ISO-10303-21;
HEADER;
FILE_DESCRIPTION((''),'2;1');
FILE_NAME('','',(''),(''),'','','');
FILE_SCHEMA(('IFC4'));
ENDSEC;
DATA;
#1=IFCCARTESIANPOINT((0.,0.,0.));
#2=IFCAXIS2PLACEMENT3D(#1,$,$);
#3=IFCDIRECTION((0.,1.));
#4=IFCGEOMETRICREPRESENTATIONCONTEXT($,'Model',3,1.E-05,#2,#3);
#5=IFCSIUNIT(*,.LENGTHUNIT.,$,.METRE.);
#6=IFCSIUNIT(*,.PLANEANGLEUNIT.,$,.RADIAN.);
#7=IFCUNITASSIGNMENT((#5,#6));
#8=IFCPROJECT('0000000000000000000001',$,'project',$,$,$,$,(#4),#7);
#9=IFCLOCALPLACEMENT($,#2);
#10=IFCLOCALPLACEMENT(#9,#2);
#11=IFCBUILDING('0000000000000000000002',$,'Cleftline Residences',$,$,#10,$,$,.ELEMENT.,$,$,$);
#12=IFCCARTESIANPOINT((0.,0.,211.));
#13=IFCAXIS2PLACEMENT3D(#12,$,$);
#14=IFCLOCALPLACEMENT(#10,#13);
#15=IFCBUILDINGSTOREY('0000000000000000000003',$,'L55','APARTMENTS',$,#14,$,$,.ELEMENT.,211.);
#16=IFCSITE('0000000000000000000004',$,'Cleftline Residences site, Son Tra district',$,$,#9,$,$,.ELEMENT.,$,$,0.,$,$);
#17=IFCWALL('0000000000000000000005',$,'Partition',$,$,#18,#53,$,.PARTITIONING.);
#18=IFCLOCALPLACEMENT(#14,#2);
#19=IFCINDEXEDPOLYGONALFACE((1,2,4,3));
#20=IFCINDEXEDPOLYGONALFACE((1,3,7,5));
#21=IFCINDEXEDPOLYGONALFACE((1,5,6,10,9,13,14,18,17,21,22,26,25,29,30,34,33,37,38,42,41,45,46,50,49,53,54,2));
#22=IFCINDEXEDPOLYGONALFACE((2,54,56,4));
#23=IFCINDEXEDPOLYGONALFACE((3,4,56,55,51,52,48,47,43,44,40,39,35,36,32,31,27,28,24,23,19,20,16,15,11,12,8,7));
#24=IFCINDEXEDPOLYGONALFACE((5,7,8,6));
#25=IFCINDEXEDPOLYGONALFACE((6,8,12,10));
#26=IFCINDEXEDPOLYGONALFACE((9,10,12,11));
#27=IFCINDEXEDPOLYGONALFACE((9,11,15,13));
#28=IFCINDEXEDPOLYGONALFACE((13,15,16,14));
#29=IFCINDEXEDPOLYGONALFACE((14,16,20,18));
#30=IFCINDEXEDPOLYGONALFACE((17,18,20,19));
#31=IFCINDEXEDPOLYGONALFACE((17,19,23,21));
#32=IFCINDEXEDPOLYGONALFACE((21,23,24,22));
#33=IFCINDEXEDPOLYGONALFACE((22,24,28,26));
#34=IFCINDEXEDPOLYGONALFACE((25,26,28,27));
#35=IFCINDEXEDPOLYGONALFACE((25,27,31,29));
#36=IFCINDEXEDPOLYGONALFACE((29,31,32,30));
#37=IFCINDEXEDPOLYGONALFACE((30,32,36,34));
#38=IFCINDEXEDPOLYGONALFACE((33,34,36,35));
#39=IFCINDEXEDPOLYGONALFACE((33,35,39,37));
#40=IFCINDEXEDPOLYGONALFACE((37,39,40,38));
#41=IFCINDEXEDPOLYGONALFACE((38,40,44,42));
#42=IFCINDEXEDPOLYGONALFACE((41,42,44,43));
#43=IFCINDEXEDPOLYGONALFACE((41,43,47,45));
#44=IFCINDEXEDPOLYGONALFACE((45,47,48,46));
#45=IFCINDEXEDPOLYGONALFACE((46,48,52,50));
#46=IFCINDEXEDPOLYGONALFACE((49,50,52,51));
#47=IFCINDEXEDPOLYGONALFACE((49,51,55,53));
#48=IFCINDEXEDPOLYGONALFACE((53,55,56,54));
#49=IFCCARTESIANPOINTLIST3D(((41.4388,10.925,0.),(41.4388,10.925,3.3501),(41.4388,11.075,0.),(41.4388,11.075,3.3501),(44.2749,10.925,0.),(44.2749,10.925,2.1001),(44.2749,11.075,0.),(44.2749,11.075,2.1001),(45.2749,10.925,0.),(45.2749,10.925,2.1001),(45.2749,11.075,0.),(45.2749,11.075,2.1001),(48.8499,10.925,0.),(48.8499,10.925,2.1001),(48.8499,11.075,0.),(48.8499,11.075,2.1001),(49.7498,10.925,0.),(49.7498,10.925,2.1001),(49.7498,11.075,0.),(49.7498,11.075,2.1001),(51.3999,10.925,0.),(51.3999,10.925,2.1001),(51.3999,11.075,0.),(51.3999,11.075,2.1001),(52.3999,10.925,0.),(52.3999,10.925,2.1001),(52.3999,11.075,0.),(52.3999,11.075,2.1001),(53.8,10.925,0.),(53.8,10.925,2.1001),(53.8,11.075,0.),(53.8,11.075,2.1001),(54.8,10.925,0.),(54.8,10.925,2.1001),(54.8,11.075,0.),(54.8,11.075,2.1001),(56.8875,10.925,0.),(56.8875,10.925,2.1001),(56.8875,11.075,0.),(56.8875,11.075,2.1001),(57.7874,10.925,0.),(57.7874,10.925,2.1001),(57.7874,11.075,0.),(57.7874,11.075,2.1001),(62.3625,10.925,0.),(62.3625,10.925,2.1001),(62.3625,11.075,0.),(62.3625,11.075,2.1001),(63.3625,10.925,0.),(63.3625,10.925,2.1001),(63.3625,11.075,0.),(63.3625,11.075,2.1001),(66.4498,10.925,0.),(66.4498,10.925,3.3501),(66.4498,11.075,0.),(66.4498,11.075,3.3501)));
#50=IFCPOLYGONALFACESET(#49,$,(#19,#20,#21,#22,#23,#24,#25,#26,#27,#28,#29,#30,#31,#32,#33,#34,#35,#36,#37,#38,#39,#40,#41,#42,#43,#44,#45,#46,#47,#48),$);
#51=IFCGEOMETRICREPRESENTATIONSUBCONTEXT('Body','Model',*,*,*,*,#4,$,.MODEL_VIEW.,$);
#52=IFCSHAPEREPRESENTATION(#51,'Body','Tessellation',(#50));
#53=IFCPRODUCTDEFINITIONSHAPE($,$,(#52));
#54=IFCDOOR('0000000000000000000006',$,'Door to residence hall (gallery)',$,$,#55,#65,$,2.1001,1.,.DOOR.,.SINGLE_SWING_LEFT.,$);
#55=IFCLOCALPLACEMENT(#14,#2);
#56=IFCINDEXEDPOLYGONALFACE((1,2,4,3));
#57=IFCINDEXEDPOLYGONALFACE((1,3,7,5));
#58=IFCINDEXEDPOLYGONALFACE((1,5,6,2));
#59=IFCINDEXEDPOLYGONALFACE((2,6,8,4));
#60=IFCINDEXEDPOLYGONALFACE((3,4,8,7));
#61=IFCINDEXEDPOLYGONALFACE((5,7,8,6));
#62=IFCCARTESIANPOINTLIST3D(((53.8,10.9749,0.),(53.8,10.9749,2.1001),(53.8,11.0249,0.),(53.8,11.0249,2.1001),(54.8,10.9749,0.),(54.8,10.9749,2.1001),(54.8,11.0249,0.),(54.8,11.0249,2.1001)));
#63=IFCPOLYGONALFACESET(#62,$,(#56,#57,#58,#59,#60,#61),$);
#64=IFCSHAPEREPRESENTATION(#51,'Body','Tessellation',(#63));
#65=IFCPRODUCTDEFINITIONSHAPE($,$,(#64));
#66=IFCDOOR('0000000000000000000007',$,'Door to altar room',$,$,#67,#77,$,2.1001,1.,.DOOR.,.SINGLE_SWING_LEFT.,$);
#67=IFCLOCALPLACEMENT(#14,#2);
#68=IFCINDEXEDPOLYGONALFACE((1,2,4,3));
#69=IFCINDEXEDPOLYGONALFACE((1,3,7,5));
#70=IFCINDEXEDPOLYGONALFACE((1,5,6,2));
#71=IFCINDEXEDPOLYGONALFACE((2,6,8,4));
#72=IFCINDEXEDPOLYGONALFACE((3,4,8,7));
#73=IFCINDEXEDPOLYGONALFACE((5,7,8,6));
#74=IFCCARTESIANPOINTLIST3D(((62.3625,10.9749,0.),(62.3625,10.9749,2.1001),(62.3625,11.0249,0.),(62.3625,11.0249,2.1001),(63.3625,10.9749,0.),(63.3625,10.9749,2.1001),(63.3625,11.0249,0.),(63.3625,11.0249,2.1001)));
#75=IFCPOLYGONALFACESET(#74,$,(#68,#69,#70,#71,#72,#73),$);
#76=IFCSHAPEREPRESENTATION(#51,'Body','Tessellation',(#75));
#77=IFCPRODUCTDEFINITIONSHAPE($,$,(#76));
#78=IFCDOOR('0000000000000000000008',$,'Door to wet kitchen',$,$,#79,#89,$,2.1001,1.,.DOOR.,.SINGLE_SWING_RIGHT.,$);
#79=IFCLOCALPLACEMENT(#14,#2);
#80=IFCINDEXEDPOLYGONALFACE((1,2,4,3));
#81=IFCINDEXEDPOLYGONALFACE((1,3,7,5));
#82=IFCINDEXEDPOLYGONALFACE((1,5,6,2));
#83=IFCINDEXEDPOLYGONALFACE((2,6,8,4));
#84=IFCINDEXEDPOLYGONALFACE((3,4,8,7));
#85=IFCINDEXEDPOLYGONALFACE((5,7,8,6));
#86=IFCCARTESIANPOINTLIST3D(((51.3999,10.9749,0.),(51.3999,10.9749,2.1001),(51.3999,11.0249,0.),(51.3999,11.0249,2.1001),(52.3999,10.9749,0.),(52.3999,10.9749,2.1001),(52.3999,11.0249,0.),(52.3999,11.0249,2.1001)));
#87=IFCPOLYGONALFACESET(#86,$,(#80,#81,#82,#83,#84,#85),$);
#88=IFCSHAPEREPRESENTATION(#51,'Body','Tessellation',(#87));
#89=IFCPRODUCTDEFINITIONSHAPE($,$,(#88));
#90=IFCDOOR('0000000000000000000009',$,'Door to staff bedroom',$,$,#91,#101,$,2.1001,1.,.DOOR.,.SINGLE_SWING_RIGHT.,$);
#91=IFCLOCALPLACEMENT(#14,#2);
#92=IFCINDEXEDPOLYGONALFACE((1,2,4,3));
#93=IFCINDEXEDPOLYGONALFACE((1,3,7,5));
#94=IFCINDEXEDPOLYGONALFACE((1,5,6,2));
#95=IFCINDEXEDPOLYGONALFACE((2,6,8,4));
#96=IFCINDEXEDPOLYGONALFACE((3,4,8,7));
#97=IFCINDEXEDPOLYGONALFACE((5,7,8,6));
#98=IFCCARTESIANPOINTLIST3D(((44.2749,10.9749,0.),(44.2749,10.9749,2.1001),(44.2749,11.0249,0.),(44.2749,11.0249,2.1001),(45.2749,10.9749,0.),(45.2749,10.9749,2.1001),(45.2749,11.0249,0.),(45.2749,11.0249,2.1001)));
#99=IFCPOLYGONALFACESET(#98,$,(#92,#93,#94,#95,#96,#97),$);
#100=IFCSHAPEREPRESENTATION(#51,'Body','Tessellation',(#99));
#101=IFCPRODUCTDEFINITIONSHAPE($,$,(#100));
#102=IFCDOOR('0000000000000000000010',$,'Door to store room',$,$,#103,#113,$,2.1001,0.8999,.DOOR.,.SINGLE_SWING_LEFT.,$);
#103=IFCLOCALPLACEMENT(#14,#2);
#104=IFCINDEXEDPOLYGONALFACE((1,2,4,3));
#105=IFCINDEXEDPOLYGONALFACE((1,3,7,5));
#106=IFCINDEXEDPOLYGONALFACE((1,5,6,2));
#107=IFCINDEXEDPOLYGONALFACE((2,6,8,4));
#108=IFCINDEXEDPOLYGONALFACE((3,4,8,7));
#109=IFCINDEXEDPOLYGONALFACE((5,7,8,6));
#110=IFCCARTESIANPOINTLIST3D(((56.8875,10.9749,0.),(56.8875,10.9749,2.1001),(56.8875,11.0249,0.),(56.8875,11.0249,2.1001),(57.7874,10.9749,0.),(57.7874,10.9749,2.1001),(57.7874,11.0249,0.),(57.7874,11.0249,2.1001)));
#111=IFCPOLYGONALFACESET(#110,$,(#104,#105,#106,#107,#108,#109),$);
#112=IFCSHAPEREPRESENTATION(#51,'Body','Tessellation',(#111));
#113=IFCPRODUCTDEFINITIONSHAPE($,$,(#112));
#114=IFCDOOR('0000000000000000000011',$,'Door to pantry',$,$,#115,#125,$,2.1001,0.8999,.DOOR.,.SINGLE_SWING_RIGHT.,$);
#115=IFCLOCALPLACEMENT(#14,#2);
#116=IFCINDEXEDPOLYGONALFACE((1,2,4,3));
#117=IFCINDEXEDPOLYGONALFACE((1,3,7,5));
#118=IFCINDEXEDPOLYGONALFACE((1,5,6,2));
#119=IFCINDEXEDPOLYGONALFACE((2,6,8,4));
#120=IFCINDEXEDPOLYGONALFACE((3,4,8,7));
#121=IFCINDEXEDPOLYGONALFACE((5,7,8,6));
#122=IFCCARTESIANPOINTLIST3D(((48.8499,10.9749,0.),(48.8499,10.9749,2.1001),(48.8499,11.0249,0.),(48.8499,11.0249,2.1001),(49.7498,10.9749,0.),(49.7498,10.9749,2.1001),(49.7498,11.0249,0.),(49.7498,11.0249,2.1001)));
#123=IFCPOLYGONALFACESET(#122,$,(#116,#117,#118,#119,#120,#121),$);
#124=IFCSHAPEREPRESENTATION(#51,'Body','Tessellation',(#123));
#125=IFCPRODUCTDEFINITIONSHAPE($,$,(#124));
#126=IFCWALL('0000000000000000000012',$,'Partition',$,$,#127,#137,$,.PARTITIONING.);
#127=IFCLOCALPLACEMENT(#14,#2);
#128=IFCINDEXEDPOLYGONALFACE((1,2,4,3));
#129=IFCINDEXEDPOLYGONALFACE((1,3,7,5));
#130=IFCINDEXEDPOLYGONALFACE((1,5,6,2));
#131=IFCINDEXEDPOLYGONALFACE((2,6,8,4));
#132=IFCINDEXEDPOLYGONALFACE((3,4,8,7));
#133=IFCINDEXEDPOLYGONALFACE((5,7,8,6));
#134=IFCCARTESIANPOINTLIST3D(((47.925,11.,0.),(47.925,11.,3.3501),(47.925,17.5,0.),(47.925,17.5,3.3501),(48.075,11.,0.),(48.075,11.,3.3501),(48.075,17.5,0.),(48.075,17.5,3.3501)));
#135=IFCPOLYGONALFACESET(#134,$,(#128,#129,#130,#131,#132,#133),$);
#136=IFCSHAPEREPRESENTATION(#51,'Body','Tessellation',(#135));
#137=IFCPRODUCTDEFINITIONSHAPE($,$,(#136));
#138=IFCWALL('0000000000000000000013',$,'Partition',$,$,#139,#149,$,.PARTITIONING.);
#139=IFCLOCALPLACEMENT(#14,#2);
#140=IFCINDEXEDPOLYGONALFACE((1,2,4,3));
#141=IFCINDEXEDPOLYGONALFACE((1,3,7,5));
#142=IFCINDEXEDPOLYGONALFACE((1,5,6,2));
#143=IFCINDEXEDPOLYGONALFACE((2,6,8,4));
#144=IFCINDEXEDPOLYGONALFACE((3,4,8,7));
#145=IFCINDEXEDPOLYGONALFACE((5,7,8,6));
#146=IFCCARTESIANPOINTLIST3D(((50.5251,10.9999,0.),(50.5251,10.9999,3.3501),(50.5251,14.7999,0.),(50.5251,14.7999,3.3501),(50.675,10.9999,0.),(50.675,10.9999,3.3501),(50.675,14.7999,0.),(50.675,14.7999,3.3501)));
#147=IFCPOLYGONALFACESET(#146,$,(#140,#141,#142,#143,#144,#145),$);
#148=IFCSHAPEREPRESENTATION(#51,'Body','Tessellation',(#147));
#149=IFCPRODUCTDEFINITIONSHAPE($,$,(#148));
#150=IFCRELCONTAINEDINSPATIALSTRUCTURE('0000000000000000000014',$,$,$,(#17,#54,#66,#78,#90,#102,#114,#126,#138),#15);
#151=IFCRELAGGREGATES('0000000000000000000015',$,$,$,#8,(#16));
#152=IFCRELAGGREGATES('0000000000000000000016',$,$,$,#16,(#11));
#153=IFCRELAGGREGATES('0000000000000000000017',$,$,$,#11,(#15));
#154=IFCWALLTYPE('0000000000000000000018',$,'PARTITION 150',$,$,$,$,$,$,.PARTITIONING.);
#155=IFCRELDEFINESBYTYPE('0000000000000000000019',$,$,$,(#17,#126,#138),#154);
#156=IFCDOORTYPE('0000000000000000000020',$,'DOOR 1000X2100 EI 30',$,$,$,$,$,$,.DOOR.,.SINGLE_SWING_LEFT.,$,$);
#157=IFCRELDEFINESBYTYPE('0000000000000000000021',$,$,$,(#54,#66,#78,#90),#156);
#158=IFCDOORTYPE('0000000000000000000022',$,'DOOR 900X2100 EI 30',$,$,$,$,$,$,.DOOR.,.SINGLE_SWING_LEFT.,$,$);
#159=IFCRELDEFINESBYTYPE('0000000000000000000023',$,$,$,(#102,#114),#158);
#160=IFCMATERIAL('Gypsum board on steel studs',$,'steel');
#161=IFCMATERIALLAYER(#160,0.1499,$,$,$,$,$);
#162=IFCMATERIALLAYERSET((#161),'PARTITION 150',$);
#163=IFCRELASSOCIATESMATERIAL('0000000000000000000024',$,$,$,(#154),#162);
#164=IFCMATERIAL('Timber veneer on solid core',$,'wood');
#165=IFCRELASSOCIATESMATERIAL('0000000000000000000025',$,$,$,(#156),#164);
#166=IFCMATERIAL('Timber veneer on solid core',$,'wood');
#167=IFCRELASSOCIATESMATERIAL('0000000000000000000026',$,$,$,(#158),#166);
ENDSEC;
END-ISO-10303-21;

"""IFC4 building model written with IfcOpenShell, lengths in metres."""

from ifc_helpers import new_model, si_unit, direction, frame, frame_2d, origin, place, context, subcontext, project, spatial, rectangle, extrude, material, layer, layer_set, type_object, element, fill, save


model = new_model("IFC4")

# Units and contexts
model_context = context("Model", 3, precision=1e-05, world=origin(), true_north=direction((0.0, 1.0)))
body_context = subcontext(model_context, "Body", "Model", "MODEL_VIEW")
ifc_project = project(units=[si_unit("LENGTHUNIT", "METRE"), si_unit("PLANEANGLEUNIT", "RADIAN")], contexts=[model_context])

# Site, building, storey
site_placement = place(None, origin())
site = spatial("IfcSite", under=ifc_project, at=site_placement, Name="Cleftline Residences site, Son Tra district", CompositionType="ELEMENT", RefElevation=0.0)
building_placement = place(site_placement, origin())
building = spatial("IfcBuilding", under=site, at=building_placement, Name="Cleftline Residences", CompositionType="ELEMENT")
storey_placement = place(building_placement, frame((0.0, 0.0, 211.0)))
storey = spatial("IfcBuildingStorey", under=building, at=storey_placement, Name="L55", Description="APARTMENTS", CompositionType="ELEMENT", Elevation=211.0)

# Wall, openings, doors
ifc_material_1 = material(Name="Gypsum board on steel studs", Category="steel")
ifc_layer_1 = layer(ifc_material_1, 0.1499)
ifc_layer_set_1 = layer_set([ifc_layer_1], Name="PARTITION 150")
wall_type = type_object("IfcWallType", Name="PARTITION 150", PredefinedType="PARTITIONING", material=ifc_layer_set_1)
wall_1_placement = place(storey_placement, frame((41.439, 11.0, 0.0), z_axis=(0.0, 0.0, 1.0), x_axis=(1.0, 0.0, 0.0)))
wall_1 = element("IfcWall", 1, at=wall_1_placement, inside=storey, type_object=wall_type, Name="Partition", PredefinedType="PARTITIONING", context=body_context, shape_type="SweptSolid", body=[
    extrude(rectangle(XDim=25.011, YDim=0.1499, at=frame_2d((12.5054, 0.0))), origin(), (0.0, 0.0, 1.0), 3.3501),
])
opening_1_placement = place(wall_1_placement, frame((12.3611, 0.0, 0.0)))
opening_1 = element("IfcOpeningElement", 2, at=opening_1_placement, cuts=wall_1, PredefinedType="OPENING", context=body_context, shape_type="SweptSolid", body=[
    extrude(rectangle(XDim=1.0, YDim=2.1001, at=frame_2d((0.5, 1.05))), frame((0.0, 0.085, 0.0), z_axis=(0.0, -1.0, 0.0), x_axis=(1.0, 0.0, 0.0)), (0.0, 0.0, 1.0), 0.1699),
])
opening_2_placement = place(wall_1_placement, frame((20.9236, 0.0, 0.0)))
opening_2 = element("IfcOpeningElement", 3, at=opening_2_placement, cuts=wall_1, PredefinedType="OPENING", context=body_context, shape_type="SweptSolid", body=[
    extrude(rectangle(XDim=1.0, YDim=2.1001, at=frame_2d((0.5, 1.05))), frame((0.0, 0.085, 0.0), z_axis=(0.0, -1.0, 0.0), x_axis=(1.0, 0.0, 0.0)), (0.0, 0.0, 1.0), 0.1699),
])
opening_3_placement = place(wall_1_placement, frame((15.4485, 0.0, 0.0)))
opening_3 = element("IfcOpeningElement", 4, at=opening_3_placement, cuts=wall_1, PredefinedType="OPENING", context=body_context, shape_type="SweptSolid", body=[
    extrude(rectangle(XDim=0.8999, YDim=2.1001, at=frame_2d((0.45, 1.05))), frame((0.0, 0.085, 0.0), z_axis=(0.0, -1.0, 0.0), x_axis=(1.0, 0.0, 0.0)), (0.0, 0.0, 1.0), 0.1699),
])
opening_4_placement = place(wall_1_placement, frame((9.9609, 0.0, 0.0)))
opening_4 = element("IfcOpeningElement", 5, at=opening_4_placement, cuts=wall_1, PredefinedType="OPENING", context=body_context, shape_type="SweptSolid", body=[
    extrude(rectangle(XDim=1.0, YDim=2.1001, at=frame_2d((0.5, 1.05))), frame((0.0, 0.085, 0.0), z_axis=(0.0, -1.0, 0.0), x_axis=(1.0, 0.0, 0.0)), (0.0, 0.0, 1.0), 0.1699),
])
opening_5_placement = place(wall_1_placement, frame((7.4109, 0.0, 0.0)))
opening_5 = element("IfcOpeningElement", 6, at=opening_5_placement, cuts=wall_1, PredefinedType="OPENING", context=body_context, shape_type="SweptSolid", body=[
    extrude(rectangle(XDim=0.8999, YDim=2.1001, at=frame_2d((0.45, 1.05))), frame((0.0, 0.085, 0.0), z_axis=(0.0, -1.0, 0.0), x_axis=(1.0, 0.0, 0.0)), (0.0, 0.0, 1.0), 0.1699),
])
opening_6_placement = place(wall_1_placement, frame((2.8359, 0.0, 0.0)))
opening_6 = element("IfcOpeningElement", 7, at=opening_6_placement, cuts=wall_1, PredefinedType="OPENING", context=body_context, shape_type="SweptSolid", body=[
    extrude(rectangle(XDim=1.0, YDim=2.1001, at=frame_2d((0.5, 1.05))), frame((0.0, 0.085, 0.0), z_axis=(0.0, -1.0, 0.0), x_axis=(1.0, 0.0, 0.0)), (0.0, 0.0, 1.0), 0.1699),
])
ifc_material_2 = material(Name="Timber veneer on solid core", Category="wood")
door_type_1 = type_object("IfcDoorType", Name="DOOR 1000X2100 EI 30", OperationType="SINGLE_SWING_LEFT", PredefinedType="DOOR", material=ifc_material_2)
door_1_placement = place(opening_1_placement, origin())
door_1 = element("IfcDoor", 8, at=door_1_placement, inside=storey, type_object=door_type_1, Name="Door to residence hall (gallery)", OperationType="SINGLE_SWING_LEFT", OverallHeight=2.1001, OverallWidth=1.0, PredefinedType="DOOR", context=body_context, shape_type="SweptSolid", body=[
    extrude(rectangle(XDim=1.0, YDim=2.1001, at=frame_2d((0.5, 1.05))), frame((0.0, 0.0249, 0.0), z_axis=(0.0, -1.0, 0.0), x_axis=(1.0, 0.0, 0.0)), (0.0, 0.0, 1.0), 0.05),
])
fill(opening_1, door_1)
door_2_placement = place(opening_2_placement, origin())
door_2 = element("IfcDoor", 9, at=door_2_placement, inside=storey, type_object=door_type_1, Name="Door to altar room", OperationType="SINGLE_SWING_LEFT", OverallHeight=2.1001, OverallWidth=1.0, PredefinedType="DOOR", context=body_context, shape_type="SweptSolid", body=[
    extrude(rectangle(XDim=1.0, YDim=2.1001, at=frame_2d((0.5, 1.05))), frame((0.0, 0.0249, 0.0), z_axis=(0.0, -1.0, 0.0), x_axis=(1.0, 0.0, 0.0)), (0.0, 0.0, 1.0), 0.05),
])
fill(opening_2, door_2)
door_3_placement = place(opening_4_placement, origin())
door_3 = element("IfcDoor", 10, at=door_3_placement, inside=storey, type_object=door_type_1, Name="Door to wet kitchen", OperationType="SINGLE_SWING_RIGHT", OverallHeight=2.1001, OverallWidth=1.0, PredefinedType="DOOR", context=body_context, shape_type="SweptSolid", body=[
    extrude(rectangle(XDim=1.0, YDim=2.1001, at=frame_2d((0.5, 1.05))), frame((0.0, 0.0249, 0.0), z_axis=(0.0, -1.0, 0.0), x_axis=(1.0, 0.0, 0.0)), (0.0, 0.0, 1.0), 0.05),
])
fill(opening_4, door_3)
door_4_placement = place(opening_6_placement, origin())
door_4 = element("IfcDoor", 11, at=door_4_placement, inside=storey, type_object=door_type_1, Name="Door to staff bedroom", OperationType="SINGLE_SWING_RIGHT", OverallHeight=2.1001, OverallWidth=1.0, PredefinedType="DOOR", context=body_context, shape_type="SweptSolid", body=[
    extrude(rectangle(XDim=1.0, YDim=2.1001, at=frame_2d((0.5, 1.05))), frame((0.0, 0.0249, 0.0), z_axis=(0.0, -1.0, 0.0), x_axis=(1.0, 0.0, 0.0)), (0.0, 0.0, 1.0), 0.05),
])
fill(opening_6, door_4)
ifc_material_3 = material(Name="Timber veneer on solid core", Category="wood")
door_type_2 = type_object("IfcDoorType", Name="DOOR 900X2100 EI 30", OperationType="SINGLE_SWING_LEFT", PredefinedType="DOOR", material=ifc_material_3)
door_5_placement = place(opening_3_placement, origin())
door_5 = element("IfcDoor", 12, at=door_5_placement, inside=storey, type_object=door_type_2, Name="Door to store room", OperationType="SINGLE_SWING_LEFT", OverallHeight=2.1001, OverallWidth=0.8999, PredefinedType="DOOR", context=body_context, shape_type="SweptSolid", body=[
    extrude(rectangle(XDim=0.8999, YDim=2.1001, at=frame_2d((0.45, 1.05))), frame((0.0, 0.0249, 0.0), z_axis=(0.0, -1.0, 0.0), x_axis=(1.0, 0.0, 0.0)), (0.0, 0.0, 1.0), 0.05),
])
fill(opening_3, door_5)
door_6_placement = place(opening_5_placement, origin())
door_6 = element("IfcDoor", 13, at=door_6_placement, inside=storey, type_object=door_type_2, Name="Door to pantry", OperationType="SINGLE_SWING_RIGHT", OverallHeight=2.1001, OverallWidth=0.8999, PredefinedType="DOOR", context=body_context, shape_type="SweptSolid", body=[
    extrude(rectangle(XDim=0.8999, YDim=2.1001, at=frame_2d((0.45, 1.05))), frame((0.0, 0.0249, 0.0), z_axis=(0.0, -1.0, 0.0), x_axis=(1.0, 0.0, 0.0)), (0.0, 0.0, 1.0), 0.05),
])
fill(opening_5, door_6)

# Walls
wall_2_placement = place(storey_placement, frame((48.0, 11.0, 0.0), z_axis=(0.0, 0.0, 1.0), x_axis=(0.0, 1.0, 0.0)))
element("IfcWall", 14, at=wall_2_placement, inside=storey, type_object=wall_type, Name="Partition", PredefinedType="PARTITIONING", context=body_context, shape_type="SweptSolid", body=[
    extrude(rectangle(XDim=6.5, YDim=0.1499, at=frame_2d((3.25, 0.0))), origin(), (0.0, 0.0, 1.0), 3.3501),
])
wall_3_placement = place(storey_placement, frame((50.6001, 11.0, 0.0), z_axis=(0.0, 0.0, 1.0), x_axis=(0.0, 1.0, 0.0)))
element("IfcWall", 15, at=wall_3_placement, inside=storey, type_object=wall_type, Name="Partition", PredefinedType="PARTITIONING", context=body_context, shape_type="SweptSolid", body=[
    extrude(rectangle(XDim=3.8, YDim=0.1499, at=frame_2d((1.8999, 0.0))), origin(), (0.0, 0.0, 1.0), 3.3501),
])

save(model, "model.ifc")
